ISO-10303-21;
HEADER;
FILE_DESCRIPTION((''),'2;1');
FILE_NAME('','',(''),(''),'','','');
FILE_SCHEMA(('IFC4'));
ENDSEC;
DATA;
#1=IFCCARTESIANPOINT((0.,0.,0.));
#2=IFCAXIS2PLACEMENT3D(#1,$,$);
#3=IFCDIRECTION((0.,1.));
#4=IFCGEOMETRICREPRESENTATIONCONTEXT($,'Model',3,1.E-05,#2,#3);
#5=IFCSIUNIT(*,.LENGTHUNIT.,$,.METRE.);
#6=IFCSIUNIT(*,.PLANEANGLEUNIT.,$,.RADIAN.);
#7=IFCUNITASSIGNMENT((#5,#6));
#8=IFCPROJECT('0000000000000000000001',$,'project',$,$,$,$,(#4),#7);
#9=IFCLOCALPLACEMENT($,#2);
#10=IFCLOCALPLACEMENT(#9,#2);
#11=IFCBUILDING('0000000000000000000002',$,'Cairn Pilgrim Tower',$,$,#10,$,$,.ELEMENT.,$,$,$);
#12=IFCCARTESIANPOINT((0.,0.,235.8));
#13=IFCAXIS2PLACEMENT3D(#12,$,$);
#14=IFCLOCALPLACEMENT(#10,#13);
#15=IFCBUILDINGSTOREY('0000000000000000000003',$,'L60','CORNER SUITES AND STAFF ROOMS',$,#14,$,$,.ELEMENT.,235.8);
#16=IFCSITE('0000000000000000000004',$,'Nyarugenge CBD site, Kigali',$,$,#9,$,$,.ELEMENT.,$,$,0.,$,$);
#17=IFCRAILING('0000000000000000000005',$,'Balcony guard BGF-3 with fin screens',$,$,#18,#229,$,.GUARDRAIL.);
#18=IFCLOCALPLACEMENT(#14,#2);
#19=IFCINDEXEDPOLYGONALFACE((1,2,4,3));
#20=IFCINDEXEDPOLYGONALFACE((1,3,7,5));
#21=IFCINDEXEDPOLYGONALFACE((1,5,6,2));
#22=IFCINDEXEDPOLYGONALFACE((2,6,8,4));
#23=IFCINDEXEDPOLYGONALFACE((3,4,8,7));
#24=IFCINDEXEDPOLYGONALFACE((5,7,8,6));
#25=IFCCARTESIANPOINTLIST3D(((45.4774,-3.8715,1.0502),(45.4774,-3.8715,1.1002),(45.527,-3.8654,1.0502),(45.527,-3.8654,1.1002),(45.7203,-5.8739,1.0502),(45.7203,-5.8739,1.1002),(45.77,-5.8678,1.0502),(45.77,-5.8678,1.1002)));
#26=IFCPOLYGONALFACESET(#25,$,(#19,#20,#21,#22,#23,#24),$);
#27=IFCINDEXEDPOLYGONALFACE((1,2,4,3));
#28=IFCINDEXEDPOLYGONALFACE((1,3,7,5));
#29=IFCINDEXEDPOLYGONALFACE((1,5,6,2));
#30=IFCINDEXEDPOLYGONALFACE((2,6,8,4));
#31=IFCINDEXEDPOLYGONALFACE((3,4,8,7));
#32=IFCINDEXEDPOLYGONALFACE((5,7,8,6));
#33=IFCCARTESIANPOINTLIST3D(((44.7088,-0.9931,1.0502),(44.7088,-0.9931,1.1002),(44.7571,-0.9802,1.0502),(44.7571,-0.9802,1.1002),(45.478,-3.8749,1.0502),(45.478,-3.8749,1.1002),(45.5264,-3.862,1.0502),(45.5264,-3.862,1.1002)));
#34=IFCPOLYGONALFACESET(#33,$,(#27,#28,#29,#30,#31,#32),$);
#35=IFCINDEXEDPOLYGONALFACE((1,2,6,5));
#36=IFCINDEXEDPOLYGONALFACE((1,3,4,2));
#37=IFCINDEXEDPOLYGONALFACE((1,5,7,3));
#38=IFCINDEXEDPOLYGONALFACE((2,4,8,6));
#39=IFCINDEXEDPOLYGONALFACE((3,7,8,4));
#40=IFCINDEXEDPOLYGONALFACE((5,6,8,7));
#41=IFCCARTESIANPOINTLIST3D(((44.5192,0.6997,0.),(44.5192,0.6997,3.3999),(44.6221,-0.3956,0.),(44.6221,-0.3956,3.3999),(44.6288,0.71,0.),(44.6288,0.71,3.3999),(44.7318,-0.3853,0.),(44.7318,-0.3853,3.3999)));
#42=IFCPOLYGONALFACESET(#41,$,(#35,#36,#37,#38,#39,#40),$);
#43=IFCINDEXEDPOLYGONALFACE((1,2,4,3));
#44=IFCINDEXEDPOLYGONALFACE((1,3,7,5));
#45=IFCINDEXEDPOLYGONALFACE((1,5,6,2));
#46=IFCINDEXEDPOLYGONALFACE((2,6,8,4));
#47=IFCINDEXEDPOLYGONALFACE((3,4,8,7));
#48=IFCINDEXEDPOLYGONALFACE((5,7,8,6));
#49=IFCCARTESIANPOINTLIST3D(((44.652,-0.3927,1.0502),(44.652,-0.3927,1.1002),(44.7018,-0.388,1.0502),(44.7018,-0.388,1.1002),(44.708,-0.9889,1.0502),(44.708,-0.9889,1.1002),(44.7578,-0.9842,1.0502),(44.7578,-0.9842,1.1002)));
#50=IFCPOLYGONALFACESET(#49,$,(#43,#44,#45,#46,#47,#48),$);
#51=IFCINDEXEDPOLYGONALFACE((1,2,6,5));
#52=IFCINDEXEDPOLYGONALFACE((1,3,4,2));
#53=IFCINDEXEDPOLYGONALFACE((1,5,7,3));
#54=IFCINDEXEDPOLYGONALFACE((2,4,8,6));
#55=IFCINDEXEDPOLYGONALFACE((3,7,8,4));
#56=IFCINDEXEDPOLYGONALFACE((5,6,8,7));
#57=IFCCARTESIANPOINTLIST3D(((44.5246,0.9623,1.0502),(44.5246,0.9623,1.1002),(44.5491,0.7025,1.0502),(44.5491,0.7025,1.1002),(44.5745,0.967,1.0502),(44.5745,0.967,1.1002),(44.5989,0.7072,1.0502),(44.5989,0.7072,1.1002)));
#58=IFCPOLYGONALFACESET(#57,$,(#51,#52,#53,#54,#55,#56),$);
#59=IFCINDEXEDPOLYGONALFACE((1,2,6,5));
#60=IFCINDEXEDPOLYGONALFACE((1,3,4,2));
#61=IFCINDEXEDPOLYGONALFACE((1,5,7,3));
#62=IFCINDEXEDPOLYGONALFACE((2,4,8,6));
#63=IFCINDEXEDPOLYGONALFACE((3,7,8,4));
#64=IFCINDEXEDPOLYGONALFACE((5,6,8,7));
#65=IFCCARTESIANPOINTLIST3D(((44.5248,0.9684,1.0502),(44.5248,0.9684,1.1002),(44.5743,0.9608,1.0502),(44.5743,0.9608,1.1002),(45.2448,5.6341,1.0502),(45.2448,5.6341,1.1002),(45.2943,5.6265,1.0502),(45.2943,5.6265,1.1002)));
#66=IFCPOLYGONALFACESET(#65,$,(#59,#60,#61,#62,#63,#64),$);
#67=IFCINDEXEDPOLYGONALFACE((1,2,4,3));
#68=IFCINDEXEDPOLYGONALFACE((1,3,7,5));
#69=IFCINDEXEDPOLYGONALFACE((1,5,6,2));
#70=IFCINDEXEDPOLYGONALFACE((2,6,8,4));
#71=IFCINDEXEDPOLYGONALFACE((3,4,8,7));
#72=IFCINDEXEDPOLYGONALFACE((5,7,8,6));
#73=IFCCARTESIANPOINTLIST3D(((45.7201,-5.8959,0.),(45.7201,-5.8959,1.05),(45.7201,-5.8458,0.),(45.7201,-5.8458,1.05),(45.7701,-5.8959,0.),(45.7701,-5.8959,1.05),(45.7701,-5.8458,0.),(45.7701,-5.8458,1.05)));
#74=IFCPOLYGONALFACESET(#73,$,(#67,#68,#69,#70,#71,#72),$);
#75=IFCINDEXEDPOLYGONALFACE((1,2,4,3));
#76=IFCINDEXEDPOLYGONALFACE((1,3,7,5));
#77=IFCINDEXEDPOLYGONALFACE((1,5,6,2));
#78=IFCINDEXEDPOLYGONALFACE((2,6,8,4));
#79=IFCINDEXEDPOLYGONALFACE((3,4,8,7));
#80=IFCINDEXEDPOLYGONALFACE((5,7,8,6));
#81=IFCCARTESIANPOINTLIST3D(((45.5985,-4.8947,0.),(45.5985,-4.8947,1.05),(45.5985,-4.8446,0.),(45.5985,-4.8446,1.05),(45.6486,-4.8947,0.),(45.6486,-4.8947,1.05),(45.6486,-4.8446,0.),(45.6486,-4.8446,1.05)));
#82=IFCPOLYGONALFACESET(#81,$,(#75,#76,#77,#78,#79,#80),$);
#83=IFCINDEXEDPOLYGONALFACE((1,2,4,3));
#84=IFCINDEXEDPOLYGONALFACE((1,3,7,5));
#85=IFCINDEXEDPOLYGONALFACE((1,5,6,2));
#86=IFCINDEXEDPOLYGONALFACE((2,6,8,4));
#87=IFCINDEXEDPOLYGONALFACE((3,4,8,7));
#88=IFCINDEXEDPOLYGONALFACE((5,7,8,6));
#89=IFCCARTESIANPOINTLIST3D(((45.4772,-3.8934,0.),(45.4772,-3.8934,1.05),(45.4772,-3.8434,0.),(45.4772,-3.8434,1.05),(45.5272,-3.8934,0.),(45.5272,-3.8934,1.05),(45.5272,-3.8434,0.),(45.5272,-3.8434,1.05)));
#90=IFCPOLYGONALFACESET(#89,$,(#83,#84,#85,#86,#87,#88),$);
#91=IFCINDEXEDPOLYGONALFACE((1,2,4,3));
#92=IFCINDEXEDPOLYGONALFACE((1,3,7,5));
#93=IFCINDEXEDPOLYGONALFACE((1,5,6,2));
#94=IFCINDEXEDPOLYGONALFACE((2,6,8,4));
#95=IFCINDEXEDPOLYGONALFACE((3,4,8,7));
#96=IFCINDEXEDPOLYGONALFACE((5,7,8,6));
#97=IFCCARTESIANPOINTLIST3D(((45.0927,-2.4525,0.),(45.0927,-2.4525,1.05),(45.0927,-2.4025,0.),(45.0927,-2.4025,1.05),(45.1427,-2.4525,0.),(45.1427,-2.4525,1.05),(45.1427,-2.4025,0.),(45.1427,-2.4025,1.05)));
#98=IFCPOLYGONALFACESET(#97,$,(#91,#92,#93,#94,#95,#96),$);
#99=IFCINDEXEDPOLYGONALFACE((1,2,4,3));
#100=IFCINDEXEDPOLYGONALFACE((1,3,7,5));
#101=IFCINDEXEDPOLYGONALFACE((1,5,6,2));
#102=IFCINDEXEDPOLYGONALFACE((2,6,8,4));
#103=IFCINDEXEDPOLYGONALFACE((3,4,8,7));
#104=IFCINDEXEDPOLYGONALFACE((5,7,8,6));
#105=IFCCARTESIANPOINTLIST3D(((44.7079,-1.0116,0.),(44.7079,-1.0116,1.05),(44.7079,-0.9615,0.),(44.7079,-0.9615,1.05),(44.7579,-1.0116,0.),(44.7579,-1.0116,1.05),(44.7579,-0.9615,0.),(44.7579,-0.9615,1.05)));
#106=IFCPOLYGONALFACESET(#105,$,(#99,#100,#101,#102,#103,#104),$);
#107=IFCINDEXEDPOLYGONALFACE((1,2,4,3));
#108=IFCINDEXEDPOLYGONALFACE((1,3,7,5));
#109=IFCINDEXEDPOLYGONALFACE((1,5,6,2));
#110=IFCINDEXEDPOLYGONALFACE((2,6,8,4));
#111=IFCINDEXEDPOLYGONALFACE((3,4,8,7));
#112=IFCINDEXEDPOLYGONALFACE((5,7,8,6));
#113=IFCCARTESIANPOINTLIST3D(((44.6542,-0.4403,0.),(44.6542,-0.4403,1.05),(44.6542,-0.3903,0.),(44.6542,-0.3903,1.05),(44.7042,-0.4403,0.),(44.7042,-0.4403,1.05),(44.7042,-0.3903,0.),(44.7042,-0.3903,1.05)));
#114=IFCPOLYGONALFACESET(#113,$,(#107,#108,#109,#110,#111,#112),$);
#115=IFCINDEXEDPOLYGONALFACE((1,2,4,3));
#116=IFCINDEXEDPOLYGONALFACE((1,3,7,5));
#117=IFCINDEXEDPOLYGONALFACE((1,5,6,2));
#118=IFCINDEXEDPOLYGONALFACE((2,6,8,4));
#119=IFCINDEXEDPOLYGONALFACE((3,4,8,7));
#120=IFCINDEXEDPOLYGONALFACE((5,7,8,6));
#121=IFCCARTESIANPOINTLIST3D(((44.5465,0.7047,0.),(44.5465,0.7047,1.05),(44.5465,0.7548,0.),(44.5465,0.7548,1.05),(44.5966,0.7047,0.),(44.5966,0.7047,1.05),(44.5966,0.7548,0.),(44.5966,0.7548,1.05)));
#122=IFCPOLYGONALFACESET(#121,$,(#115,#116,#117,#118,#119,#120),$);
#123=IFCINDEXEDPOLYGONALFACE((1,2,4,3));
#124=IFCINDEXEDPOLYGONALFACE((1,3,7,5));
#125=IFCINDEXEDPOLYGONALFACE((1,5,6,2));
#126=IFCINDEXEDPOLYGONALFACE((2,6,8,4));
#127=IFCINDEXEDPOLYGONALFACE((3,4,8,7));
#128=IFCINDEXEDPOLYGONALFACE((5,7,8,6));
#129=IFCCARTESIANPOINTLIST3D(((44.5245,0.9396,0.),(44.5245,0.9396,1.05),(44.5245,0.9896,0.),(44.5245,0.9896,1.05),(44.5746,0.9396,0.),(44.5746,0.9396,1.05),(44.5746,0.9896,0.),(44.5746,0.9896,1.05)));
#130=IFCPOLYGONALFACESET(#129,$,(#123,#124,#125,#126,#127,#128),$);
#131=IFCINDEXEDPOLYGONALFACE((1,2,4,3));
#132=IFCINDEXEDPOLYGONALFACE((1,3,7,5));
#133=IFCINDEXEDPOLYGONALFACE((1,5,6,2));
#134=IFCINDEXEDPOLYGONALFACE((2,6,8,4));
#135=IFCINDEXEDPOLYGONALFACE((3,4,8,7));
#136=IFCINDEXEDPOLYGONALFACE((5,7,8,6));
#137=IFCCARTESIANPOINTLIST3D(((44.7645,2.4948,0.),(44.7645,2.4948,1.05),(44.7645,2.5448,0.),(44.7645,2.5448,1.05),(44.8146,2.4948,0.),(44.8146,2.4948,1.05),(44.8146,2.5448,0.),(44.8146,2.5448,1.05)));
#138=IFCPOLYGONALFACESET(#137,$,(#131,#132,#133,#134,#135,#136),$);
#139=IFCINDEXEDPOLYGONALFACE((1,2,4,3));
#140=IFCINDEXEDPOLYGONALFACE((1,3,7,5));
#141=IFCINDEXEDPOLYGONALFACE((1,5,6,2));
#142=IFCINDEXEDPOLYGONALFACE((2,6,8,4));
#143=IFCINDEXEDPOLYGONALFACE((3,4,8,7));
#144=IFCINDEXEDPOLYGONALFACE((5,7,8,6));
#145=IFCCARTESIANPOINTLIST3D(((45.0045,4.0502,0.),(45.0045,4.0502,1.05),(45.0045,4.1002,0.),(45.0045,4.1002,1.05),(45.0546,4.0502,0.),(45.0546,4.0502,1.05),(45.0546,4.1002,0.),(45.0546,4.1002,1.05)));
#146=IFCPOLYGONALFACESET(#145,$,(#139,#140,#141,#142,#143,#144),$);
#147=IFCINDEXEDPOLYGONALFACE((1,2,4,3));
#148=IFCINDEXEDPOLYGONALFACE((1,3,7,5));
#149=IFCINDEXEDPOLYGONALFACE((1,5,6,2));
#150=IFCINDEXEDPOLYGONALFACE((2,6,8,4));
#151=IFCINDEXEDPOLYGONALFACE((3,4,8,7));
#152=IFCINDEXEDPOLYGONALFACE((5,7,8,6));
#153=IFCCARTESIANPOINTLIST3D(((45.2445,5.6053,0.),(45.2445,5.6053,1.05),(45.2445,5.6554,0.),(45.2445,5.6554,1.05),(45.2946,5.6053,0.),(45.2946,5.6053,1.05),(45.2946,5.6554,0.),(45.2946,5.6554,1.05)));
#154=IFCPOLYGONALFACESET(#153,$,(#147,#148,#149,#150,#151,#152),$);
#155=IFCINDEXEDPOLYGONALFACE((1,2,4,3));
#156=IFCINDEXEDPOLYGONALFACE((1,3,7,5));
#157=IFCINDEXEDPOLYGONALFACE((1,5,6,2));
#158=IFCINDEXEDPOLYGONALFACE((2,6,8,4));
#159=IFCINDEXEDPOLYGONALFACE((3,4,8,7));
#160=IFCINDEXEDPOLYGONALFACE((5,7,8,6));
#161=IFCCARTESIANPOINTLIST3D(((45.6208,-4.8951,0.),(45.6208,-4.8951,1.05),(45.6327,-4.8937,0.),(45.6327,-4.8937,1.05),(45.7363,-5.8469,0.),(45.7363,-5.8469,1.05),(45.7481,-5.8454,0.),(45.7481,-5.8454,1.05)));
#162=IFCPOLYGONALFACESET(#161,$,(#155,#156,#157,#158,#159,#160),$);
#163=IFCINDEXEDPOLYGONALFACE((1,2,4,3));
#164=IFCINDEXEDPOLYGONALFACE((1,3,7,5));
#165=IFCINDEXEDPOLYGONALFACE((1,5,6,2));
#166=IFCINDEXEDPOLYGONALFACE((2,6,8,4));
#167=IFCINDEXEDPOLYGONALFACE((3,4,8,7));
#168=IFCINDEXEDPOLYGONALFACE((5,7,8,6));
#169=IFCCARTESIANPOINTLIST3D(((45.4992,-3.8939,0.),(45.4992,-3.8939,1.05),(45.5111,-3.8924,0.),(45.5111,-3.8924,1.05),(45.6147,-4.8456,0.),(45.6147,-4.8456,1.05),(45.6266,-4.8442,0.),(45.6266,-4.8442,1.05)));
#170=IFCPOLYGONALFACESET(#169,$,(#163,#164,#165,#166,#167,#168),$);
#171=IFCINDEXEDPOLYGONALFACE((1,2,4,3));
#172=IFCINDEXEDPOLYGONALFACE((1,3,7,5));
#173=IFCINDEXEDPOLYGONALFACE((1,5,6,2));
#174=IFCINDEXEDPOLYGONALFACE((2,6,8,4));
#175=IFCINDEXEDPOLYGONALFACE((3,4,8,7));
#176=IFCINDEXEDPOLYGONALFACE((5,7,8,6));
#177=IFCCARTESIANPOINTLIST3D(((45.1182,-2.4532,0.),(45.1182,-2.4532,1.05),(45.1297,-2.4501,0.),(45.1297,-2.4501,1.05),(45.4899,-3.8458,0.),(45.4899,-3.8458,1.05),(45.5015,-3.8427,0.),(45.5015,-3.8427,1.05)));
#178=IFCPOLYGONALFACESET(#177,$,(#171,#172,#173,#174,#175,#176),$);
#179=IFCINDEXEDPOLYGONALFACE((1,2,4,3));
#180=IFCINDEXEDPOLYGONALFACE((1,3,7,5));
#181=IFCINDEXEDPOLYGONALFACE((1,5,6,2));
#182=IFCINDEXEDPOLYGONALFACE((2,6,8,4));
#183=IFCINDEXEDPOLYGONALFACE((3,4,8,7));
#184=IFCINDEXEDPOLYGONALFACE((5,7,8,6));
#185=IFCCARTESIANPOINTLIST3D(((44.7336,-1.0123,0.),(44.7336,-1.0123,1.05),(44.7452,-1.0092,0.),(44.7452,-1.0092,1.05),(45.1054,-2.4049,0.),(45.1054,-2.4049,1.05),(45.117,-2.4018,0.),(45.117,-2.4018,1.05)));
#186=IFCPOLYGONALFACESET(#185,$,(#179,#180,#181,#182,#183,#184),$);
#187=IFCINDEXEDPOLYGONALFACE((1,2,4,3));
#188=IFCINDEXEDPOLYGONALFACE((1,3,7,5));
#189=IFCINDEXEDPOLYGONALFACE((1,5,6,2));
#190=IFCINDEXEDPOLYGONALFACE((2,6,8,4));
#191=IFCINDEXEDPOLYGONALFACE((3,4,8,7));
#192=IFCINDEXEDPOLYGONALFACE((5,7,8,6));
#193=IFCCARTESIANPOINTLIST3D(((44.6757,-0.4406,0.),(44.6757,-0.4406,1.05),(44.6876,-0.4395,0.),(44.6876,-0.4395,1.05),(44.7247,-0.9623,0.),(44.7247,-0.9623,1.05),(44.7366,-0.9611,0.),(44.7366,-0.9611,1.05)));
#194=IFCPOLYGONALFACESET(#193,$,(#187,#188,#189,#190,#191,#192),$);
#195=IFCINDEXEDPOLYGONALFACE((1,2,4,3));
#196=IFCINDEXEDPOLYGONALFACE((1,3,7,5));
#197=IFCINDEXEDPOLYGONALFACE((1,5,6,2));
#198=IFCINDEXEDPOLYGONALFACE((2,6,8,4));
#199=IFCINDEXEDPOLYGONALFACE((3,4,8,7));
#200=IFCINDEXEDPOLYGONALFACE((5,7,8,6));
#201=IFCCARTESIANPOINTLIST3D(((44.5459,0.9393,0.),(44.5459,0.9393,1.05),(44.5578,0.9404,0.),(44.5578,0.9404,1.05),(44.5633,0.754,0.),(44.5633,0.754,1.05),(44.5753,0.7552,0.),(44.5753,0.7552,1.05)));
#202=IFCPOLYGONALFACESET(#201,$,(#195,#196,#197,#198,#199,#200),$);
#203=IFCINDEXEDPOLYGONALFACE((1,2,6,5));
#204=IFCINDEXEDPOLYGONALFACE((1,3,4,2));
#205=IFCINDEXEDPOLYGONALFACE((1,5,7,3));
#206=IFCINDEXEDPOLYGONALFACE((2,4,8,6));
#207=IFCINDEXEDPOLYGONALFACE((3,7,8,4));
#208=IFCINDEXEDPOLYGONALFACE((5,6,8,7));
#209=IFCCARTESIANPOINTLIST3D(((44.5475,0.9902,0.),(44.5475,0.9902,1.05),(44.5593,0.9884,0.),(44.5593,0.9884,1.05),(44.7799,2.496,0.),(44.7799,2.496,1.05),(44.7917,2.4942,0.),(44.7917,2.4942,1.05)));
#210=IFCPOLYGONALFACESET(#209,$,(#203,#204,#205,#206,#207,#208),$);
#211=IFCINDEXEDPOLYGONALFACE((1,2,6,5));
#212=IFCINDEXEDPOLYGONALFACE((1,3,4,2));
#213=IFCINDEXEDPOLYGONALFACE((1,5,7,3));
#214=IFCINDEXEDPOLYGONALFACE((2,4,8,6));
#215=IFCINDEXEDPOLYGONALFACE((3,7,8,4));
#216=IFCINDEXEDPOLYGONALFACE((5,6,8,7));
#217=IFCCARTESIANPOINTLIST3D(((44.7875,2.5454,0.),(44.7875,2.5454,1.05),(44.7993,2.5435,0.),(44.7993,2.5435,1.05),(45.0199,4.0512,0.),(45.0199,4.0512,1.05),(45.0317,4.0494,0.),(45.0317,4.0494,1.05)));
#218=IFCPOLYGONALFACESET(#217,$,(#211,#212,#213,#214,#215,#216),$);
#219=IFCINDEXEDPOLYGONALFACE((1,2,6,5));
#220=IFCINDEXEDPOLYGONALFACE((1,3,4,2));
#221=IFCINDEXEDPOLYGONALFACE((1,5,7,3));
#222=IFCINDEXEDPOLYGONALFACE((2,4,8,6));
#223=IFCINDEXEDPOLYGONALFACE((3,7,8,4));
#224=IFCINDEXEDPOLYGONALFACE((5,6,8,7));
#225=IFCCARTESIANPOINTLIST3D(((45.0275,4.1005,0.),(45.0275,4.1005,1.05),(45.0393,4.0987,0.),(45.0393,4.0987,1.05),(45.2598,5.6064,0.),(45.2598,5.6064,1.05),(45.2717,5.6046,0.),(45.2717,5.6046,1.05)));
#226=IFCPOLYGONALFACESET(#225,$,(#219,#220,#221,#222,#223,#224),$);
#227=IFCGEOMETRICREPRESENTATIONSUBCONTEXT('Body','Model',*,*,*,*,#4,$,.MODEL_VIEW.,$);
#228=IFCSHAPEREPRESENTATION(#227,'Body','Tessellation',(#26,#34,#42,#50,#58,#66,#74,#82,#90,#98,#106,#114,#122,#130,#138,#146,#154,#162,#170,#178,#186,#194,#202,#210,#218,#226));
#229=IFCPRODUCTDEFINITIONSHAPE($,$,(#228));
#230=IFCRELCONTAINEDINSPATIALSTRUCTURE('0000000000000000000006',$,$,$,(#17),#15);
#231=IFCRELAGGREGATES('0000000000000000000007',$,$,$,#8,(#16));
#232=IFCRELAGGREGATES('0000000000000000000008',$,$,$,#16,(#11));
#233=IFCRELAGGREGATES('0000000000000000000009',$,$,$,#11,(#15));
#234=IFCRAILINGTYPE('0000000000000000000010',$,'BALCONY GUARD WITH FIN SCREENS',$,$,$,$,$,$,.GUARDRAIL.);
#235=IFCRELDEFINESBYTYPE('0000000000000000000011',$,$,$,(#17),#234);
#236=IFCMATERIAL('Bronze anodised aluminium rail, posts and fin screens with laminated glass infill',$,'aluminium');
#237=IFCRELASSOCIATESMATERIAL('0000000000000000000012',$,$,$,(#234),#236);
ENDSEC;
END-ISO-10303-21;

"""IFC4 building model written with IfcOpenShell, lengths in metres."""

from ifc_helpers import new_model, si_unit, direction, frame, origin, origin_2d, place, context, subcontext, project, spatial, polyline, rectangle, outline, extrude, material, type_object, element, save


model = new_model("IFC4")

# Units and contexts
model_context = context("Model", 3, precision=1e-05, world=origin(), true_north=direction((0.0, 1.0)))
body_context = subcontext(model_context, "Body", "Model", "MODEL_VIEW")
ifc_project = project(units=[si_unit("LENGTHUNIT", "METRE"), si_unit("PLANEANGLEUNIT", "RADIAN")], contexts=[model_context])

# Site, building, storey
site_placement = place(None, origin())
site = spatial("IfcSite", under=ifc_project, at=site_placement, Name="Nyarugenge CBD site, Kigali", CompositionType="ELEMENT", RefElevation=0.0)
building_placement = place(site_placement, origin())
building = spatial("IfcBuilding", under=site, at=building_placement, Name="Cairn Pilgrim Tower", CompositionType="ELEMENT")
storey_placement = place(building_placement, frame((0.0, 0.0, 235.8)))
storey = spatial("IfcBuildingStorey", under=building, at=storey_placement, Name="L60", Description="CORNER SUITES AND STAFF ROOMS", CompositionType="ELEMENT", Elevation=235.8)

# Railing
ifc_material_1 = material(Name="Bronze anodised aluminium rail, posts and fin screens with laminated glass infill", Category="aluminium")
railing_type = type_object("IfcRailingType", Name="BALCONY GUARD WITH FIN SCREENS", PredefinedType="GUARDRAIL", material=ifc_material_1)
railing_placement = place(storey_placement, frame((45.7451, -5.8708, 0.0)))
element("IfcRailing", 1, at=railing_placement, inside=storey, type_object=railing_type, Name="Balcony guard BGF-3 with fin screens", PredefinedType="GUARDRAIL", context=body_context, shape_type="SweptSolid", body=[
    extrude(rectangle(XDim=0.05, YDim=0.05, at=origin_2d()), frame((0.0, 0.0, 1.0752), z_axis=(-0.120429, 0.992722, 0.0), x_axis=(-0.992722, -0.120429, 0.0)), (0.0, 0.0, 1.0), 2.0171),
    extrude(rectangle(XDim=0.05, YDim=0.05, at=origin_2d()), frame((-0.2429, 2.0024, 1.0752), z_axis=(-0.257912, 0.966168, 0.0), x_axis=(-0.966168, -0.257912, 0.0)), (0.0, 0.0, 1.0), 2.9827),
    extrude(rectangle(XDim=1.1001, YDim=0.1101, at=origin_2d()), frame((-1.1196, 6.0281, 0.0), z_axis=(0.0, 0.0, 1.0), x_axis=(-0.093557, 0.995614, 0.0)), (0.0, 0.0, 1.0), 3.3999),
    extrude(rectangle(XDim=0.05, YDim=0.05, at=origin_2d()), frame((-1.0122, 4.8843, 1.0752), z_axis=(-0.093557, 0.995614, 0.0), x_axis=(-0.995614, -0.093557, 0.0)), (0.0, 0.0, 1.0), 0.5989),
    extrude(rectangle(XDim=0.05, YDim=0.05, at=origin_2d()), frame((-1.1711, 6.5757, 1.0752), z_axis=(-0.093557, 0.995614, 0.0), x_axis=(-0.995614, -0.093557, 0.0)), (0.0, 0.0, 1.0), 0.261),
    extrude(rectangle(XDim=0.05, YDim=0.05, at=origin_2d()), frame((-1.1956, 6.8354, 1.0752), z_axis=(0.152504, 0.988303, 0.0), x_axis=(-0.988303, 0.152504, 0.0)), (0.0, 0.0, 1.0), 4.7209),
    extrude(rectangle(XDim=0.05, YDim=0.05, at=origin_2d()), origin(), (0.0, 0.0, 1.0), 1.05),
    extrude(rectangle(XDim=0.05, YDim=0.05, at=origin_2d()), frame((-0.1216, 1.0012, 0.0)), (0.0, 0.0, 1.0), 1.05),
    extrude(rectangle(XDim=0.05, YDim=0.05, at=origin_2d()), frame((-0.2429, 2.0024, 0.0)), (0.0, 0.0, 1.0), 1.05),
    extrude(rectangle(XDim=0.05, YDim=0.05, at=origin_2d()), frame((-0.6274, 3.4434, 0.0)), (0.0, 0.0, 1.0), 1.05),
    extrude(rectangle(XDim=0.05, YDim=0.05, at=origin_2d()), frame((-1.0122, 4.8843, 0.0)), (0.0, 0.0, 1.0), 1.05),
    extrude(rectangle(XDim=0.05, YDim=0.05, at=origin_2d()), frame((-1.0659, 5.4556, 0.0)), (0.0, 0.0, 1.0), 1.05),
    extrude(rectangle(XDim=0.05, YDim=0.05, at=origin_2d()), frame((-1.1736, 6.6006, 0.0)), (0.0, 0.0, 1.0), 1.05),
    extrude(rectangle(XDim=0.05, YDim=0.05, at=origin_2d()), frame((-1.1956, 6.8354, 0.0)), (0.0, 0.0, 1.0), 1.05),
    extrude(rectangle(XDim=0.05, YDim=0.05, at=origin_2d()), frame((-0.9556, 8.3906, 0.0)), (0.0, 0.0, 1.0), 1.05),
    extrude(rectangle(XDim=0.05, YDim=0.05, at=origin_2d()), frame((-0.7156, 9.946, 0.0)), (0.0, 0.0, 1.0), 1.05),
    extrude(rectangle(XDim=0.05, YDim=0.05, at=origin_2d()), frame((-0.4756, 11.5012, 0.0)), (0.0, 0.0, 1.0), 1.05),
    extrude(outline(polyline([(0.0249, 0.0), (0.9836, 0.0), (0.9836, 1.05), (0.0249, 1.05), (0.0249, 0.0)])), frame((-0.0059, -0.0007, 0.0), z_axis=(0.992722, 0.120429, 0.0), x_axis=(-0.120429, 0.992722, 0.0)), (0.0, 0.0, 1.0), 0.012),
    extrude(outline(polyline([(0.0249, 0.0), (0.9836, 0.0), (0.9836, 1.05), (0.0249, 1.05), (0.0249, 0.0)])), frame((-0.1274, 1.0005, 0.0), z_axis=(0.992722, 0.120429, 0.0), x_axis=(-0.120429, 0.992722, 0.0)), (0.0, 0.0, 1.0), 0.012),
    extrude(outline(polyline([(0.0249, 0.0), (1.4663, 0.0), (1.4663, 1.05), (0.0249, 1.05), (0.0249, 0.0)])), frame((-0.2488, 2.001, 0.0), z_axis=(0.966168, 0.257912, 0.0), x_axis=(-0.257912, 0.966168, 0.0)), (0.0, 0.0, 1.0), 0.012),
    extrude(outline(polyline([(0.0249, 0.0), (1.4663, 0.0), (1.4663, 1.05), (0.0249, 1.05), (0.0249, 0.0)])), frame((-0.6333, 3.4419, 0.0), z_axis=(0.966168, 0.257912, 0.0), x_axis=(-0.257912, 0.966168, 0.0)), (0.0, 0.0, 1.0), 0.012),
    extrude(outline(polyline([(0.0249, 0.0), (0.5488, 0.0), (0.5488, 1.05), (0.0249, 1.05), (0.0249, 0.0)])), frame((-1.0181, 4.8838, 0.0), z_axis=(0.995614, 0.093557, 0.0), x_axis=(-0.093557, 0.995614, 0.0)), (0.0, 0.0, 1.0), 0.012),
    extrude(outline(polyline([(0.0249, 0.0), (0.2109, 0.0), (0.2109, 1.05), (0.0249, 1.05), (0.0249, 0.0)])), frame((-1.1794, 6.6001, 0.0), z_axis=(0.995614, 0.093557, 0.0), x_axis=(-0.093557, 0.995614, 0.0)), (0.0, 0.0, 1.0), 0.012),
    extrude(outline(polyline([(0.0249, 0.0), (1.5486, 0.0), (1.5486, 1.05), (0.0249, 1.05), (0.0249, 0.0)])), frame((-1.2014, 6.8364, 0.0), z_axis=(0.988303, -0.152504, 0.0), x_axis=(0.152504, 0.988303, 0.0)), (0.0, 0.0, 1.0), 0.012),
    extrude(outline(polyline([(0.0249, 0.0), (1.5486, 0.0), (1.5486, 1.05), (0.0249, 1.05), (0.0249, 0.0)])), frame((-0.9614, 8.3916, 0.0), z_axis=(0.988303, -0.152504, 0.0), x_axis=(0.152504, 0.988303, 0.0)), (0.0, 0.0, 1.0), 0.012),
    extrude(outline(polyline([(0.0249, 0.0), (1.5486, 0.0), (1.5486, 1.05), (0.0249, 1.05), (0.0249, 0.0)])), frame((-0.7214, 9.9468, 0.0), z_axis=(0.988303, -0.152504, 0.0), x_axis=(0.152504, 0.988303, 0.0)), (0.0, 0.0, 1.0), 0.012),
])

save(model, "model.ifc")
